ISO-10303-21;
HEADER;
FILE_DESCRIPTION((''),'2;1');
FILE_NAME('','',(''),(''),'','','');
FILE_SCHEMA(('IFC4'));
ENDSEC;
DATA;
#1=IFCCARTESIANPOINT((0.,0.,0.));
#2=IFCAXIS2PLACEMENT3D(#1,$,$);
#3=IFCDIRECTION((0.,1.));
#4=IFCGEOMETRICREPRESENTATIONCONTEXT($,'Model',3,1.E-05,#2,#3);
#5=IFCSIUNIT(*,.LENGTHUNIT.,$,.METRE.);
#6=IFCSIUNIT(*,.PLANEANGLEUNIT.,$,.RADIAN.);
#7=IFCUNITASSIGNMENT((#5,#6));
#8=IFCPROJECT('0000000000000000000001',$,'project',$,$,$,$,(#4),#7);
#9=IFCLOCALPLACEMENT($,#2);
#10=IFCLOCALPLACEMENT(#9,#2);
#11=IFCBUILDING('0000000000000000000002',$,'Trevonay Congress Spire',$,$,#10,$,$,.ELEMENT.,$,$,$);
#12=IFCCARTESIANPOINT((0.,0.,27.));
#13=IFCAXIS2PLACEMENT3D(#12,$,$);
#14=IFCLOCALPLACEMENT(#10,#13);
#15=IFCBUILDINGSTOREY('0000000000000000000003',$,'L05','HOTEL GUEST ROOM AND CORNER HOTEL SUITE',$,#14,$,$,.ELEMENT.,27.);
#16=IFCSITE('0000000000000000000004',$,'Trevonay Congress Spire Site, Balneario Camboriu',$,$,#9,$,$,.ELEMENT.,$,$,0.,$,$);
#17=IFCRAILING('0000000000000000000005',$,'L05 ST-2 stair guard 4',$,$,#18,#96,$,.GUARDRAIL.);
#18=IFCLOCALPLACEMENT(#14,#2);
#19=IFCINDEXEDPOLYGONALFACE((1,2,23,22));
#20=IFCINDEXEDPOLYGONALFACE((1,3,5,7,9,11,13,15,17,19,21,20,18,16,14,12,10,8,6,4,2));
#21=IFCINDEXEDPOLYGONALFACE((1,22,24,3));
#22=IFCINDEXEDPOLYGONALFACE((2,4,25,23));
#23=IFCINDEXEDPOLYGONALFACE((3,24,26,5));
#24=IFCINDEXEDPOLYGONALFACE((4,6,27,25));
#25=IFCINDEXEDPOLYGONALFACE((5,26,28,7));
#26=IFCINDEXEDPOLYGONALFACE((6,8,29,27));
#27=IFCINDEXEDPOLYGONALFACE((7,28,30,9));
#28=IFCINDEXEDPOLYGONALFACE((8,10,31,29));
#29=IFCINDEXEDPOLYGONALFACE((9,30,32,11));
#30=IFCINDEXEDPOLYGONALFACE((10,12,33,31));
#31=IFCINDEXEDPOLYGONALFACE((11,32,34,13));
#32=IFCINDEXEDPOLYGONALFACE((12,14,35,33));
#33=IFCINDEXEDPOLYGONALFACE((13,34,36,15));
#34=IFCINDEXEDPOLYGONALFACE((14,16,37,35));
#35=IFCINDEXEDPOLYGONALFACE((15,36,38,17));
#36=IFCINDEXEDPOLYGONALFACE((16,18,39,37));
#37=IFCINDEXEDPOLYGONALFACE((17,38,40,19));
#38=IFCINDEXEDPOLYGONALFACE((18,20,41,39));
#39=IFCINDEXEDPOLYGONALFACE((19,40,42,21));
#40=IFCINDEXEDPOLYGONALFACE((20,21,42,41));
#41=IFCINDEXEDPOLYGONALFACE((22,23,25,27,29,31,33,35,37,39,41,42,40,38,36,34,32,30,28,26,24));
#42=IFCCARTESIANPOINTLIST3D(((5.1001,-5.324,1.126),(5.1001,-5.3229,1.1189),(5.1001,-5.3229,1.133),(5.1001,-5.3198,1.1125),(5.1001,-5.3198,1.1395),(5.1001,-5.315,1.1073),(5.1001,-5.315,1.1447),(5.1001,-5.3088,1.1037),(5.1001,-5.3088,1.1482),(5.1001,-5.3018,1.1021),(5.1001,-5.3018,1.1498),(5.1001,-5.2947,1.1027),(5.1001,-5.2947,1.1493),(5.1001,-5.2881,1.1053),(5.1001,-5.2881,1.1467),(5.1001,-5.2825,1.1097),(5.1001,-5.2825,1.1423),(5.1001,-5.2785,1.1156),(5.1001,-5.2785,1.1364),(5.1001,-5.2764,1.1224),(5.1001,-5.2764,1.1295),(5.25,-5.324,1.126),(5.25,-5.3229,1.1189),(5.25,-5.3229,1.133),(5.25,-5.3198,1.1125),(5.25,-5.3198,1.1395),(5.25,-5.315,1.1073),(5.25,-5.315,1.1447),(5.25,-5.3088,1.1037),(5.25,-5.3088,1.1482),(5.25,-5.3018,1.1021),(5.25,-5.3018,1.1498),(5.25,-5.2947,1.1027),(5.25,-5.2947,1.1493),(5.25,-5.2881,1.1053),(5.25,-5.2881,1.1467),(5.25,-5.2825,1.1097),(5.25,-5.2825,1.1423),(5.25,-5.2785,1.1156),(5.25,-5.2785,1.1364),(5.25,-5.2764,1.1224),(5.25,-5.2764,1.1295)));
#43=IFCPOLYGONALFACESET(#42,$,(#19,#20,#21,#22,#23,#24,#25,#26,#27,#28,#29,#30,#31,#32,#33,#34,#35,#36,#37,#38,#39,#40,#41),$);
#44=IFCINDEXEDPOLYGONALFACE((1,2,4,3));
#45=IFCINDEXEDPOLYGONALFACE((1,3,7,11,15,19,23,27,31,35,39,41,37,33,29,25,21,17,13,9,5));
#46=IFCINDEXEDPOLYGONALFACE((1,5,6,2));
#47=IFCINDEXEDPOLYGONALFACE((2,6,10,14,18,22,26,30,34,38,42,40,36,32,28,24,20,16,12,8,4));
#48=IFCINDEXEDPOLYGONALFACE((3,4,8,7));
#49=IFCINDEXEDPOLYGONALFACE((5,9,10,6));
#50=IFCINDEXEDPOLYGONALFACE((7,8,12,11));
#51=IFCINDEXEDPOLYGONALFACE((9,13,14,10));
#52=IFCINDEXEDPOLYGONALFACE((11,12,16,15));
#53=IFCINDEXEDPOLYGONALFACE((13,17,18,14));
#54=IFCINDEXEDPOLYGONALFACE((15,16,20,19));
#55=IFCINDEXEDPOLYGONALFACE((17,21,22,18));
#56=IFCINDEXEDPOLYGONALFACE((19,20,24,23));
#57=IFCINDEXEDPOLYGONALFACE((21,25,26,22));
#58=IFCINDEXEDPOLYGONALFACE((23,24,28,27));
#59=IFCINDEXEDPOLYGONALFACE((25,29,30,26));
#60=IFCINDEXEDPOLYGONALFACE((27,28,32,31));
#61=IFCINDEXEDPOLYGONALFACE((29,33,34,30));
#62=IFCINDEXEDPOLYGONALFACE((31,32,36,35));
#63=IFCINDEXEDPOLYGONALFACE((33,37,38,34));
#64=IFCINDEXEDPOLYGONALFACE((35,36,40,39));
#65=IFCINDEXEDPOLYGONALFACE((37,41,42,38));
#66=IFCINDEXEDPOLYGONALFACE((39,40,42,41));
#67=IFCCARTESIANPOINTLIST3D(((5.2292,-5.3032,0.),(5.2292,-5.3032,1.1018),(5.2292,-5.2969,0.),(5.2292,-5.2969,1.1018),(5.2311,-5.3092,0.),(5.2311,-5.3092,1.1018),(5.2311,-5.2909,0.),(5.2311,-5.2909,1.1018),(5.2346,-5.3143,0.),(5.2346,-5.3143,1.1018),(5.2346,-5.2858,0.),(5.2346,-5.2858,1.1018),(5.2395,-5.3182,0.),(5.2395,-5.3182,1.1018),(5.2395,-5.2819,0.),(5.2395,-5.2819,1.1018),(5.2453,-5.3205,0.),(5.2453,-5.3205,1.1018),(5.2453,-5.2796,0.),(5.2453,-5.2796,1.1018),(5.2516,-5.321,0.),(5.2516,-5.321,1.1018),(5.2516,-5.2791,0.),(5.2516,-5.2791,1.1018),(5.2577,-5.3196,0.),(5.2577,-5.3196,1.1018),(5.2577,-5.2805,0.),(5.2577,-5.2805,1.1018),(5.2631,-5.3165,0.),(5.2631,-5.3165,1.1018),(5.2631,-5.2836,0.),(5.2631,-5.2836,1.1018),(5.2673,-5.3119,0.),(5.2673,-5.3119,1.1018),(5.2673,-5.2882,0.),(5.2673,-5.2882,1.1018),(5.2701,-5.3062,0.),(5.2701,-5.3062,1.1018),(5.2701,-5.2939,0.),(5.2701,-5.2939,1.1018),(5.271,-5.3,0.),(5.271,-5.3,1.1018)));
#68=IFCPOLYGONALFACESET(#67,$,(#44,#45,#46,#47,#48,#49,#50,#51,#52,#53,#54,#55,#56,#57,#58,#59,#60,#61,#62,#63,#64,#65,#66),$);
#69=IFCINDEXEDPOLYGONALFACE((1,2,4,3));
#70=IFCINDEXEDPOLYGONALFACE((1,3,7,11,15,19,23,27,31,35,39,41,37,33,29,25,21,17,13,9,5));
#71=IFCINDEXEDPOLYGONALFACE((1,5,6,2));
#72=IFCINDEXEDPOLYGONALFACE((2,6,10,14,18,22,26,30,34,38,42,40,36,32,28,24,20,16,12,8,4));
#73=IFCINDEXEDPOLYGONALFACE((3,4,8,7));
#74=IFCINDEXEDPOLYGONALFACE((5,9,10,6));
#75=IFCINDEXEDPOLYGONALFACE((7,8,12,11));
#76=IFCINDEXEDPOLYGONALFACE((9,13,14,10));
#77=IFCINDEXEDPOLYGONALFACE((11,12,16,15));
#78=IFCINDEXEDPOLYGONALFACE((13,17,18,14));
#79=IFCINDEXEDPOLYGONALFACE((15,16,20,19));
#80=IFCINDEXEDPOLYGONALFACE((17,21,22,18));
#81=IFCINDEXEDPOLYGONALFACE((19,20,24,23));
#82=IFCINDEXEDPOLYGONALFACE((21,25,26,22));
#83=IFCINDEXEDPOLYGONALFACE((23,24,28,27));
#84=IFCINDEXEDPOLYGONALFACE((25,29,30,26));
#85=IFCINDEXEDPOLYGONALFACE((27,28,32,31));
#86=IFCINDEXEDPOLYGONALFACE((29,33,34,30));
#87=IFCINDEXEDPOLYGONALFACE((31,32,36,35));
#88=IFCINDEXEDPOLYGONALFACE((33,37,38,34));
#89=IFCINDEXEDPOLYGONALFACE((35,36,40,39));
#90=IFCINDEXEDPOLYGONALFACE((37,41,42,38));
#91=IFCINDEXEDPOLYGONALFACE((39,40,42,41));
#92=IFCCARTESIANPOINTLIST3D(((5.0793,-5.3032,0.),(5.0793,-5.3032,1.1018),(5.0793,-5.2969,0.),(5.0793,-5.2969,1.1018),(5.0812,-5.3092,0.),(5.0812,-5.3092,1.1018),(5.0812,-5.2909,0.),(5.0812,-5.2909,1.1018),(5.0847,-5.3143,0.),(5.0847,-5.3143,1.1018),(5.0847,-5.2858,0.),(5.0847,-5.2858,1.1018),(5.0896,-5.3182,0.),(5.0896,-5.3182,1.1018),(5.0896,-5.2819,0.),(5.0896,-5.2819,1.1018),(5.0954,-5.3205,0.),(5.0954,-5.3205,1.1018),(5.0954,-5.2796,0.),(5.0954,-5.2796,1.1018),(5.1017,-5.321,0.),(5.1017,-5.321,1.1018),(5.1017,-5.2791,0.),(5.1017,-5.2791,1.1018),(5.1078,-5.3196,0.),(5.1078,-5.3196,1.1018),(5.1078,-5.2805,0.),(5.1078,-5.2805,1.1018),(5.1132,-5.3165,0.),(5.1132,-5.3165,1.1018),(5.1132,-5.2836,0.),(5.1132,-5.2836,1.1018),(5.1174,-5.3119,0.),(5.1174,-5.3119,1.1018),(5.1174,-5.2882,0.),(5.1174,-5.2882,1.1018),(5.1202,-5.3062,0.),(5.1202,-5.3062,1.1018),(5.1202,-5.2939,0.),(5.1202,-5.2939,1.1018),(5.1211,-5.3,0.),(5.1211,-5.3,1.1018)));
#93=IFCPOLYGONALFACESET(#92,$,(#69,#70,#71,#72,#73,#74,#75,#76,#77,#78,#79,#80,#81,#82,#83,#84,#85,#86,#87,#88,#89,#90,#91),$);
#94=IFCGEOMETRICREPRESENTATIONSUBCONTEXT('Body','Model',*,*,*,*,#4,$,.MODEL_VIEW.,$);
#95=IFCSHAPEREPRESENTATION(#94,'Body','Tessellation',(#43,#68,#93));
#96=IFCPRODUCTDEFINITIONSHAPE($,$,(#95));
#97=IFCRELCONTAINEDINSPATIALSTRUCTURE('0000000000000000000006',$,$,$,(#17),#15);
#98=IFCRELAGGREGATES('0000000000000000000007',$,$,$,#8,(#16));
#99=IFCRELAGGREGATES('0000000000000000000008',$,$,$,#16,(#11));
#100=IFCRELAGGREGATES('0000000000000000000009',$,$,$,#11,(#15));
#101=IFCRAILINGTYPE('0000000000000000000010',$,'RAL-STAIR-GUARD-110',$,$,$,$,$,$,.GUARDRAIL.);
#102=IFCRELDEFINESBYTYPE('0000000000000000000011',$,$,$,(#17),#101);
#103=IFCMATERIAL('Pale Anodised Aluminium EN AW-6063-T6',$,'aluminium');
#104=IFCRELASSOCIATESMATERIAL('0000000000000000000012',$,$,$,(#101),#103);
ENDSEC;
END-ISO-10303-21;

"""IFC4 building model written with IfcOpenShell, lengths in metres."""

from ifc_helpers import new_model, si_unit, direction, frame, origin, origin_2d, place, context, subcontext, project, spatial, circle, extrude, material, type_object, element, save


model = new_model("IFC4")

# Units and contexts
model_context = context("Model", 3, precision=1e-05, world=origin(), true_north=direction((0.0, 1.0)))
body_context = subcontext(model_context, "Body", "Model", "MODEL_VIEW")
ifc_project = project(units=[si_unit("LENGTHUNIT", "METRE"), si_unit("PLANEANGLEUNIT", "RADIAN")], contexts=[model_context])

# Site, building, storey
site_placement = place(None, origin())
site = spatial("IfcSite", under=ifc_project, at=site_placement, Name="Trevonay Congress Spire Site, Balneario Camboriu", CompositionType="ELEMENT", RefElevation=0.0)
building_placement = place(site_placement, origin())
building = spatial("IfcBuilding", under=site, at=building_placement, Name="Trevonay Congress Spire", CompositionType="ELEMENT")
storey_placement = place(building_placement, frame((0.0, 0.0, 27.0)))
storey = spatial("IfcBuildingStorey", under=building, at=storey_placement, Name="L05", Description="HOTEL GUEST ROOM AND CORNER HOTEL SUITE", CompositionType="ELEMENT", Elevation=27.0)

# Shared definitions
ifc_material_1 = material(Name="Pale Anodised Aluminium EN AW-6063-T6", Category="aluminium")

# Railing
railing_type_1 = type_object("IfcRailingType", Name="RAL-STAIR-GUARD-110", PredefinedType="GUARDRAIL", material=ifc_material_1)
railing_1_placement = place(storey_placement, frame((5.25, -5.3, 0.0)))
element("IfcRailing", 1, at=railing_1_placement, inside=storey, type_object=railing_type_1, Name="L05 ST-2 stair guard 4", PredefinedType="GUARDRAIL", context=body_context, shape_type="SweptSolid", body=[
    extrude(circle(Radius=0.0239, at=origin_2d()), frame((0.0, 0.0, 1.126), z_axis=(-1.0, 0.0, 0.0), x_axis=(0.0, -1.0, 0.0)), (0.0, 0.0, 1.0), 0.1499),
    extrude(circle(Radius=0.021, at=origin_2d()), origin(), (0.0, 0.0, 1.0), 1.1018),
    extrude(circle(Radius=0.021, at=origin_2d()), frame((-0.1499, 0.0, 0.0)), (0.0, 0.0, 1.0), 1.1018),
])

save(model, "model.ifc")
